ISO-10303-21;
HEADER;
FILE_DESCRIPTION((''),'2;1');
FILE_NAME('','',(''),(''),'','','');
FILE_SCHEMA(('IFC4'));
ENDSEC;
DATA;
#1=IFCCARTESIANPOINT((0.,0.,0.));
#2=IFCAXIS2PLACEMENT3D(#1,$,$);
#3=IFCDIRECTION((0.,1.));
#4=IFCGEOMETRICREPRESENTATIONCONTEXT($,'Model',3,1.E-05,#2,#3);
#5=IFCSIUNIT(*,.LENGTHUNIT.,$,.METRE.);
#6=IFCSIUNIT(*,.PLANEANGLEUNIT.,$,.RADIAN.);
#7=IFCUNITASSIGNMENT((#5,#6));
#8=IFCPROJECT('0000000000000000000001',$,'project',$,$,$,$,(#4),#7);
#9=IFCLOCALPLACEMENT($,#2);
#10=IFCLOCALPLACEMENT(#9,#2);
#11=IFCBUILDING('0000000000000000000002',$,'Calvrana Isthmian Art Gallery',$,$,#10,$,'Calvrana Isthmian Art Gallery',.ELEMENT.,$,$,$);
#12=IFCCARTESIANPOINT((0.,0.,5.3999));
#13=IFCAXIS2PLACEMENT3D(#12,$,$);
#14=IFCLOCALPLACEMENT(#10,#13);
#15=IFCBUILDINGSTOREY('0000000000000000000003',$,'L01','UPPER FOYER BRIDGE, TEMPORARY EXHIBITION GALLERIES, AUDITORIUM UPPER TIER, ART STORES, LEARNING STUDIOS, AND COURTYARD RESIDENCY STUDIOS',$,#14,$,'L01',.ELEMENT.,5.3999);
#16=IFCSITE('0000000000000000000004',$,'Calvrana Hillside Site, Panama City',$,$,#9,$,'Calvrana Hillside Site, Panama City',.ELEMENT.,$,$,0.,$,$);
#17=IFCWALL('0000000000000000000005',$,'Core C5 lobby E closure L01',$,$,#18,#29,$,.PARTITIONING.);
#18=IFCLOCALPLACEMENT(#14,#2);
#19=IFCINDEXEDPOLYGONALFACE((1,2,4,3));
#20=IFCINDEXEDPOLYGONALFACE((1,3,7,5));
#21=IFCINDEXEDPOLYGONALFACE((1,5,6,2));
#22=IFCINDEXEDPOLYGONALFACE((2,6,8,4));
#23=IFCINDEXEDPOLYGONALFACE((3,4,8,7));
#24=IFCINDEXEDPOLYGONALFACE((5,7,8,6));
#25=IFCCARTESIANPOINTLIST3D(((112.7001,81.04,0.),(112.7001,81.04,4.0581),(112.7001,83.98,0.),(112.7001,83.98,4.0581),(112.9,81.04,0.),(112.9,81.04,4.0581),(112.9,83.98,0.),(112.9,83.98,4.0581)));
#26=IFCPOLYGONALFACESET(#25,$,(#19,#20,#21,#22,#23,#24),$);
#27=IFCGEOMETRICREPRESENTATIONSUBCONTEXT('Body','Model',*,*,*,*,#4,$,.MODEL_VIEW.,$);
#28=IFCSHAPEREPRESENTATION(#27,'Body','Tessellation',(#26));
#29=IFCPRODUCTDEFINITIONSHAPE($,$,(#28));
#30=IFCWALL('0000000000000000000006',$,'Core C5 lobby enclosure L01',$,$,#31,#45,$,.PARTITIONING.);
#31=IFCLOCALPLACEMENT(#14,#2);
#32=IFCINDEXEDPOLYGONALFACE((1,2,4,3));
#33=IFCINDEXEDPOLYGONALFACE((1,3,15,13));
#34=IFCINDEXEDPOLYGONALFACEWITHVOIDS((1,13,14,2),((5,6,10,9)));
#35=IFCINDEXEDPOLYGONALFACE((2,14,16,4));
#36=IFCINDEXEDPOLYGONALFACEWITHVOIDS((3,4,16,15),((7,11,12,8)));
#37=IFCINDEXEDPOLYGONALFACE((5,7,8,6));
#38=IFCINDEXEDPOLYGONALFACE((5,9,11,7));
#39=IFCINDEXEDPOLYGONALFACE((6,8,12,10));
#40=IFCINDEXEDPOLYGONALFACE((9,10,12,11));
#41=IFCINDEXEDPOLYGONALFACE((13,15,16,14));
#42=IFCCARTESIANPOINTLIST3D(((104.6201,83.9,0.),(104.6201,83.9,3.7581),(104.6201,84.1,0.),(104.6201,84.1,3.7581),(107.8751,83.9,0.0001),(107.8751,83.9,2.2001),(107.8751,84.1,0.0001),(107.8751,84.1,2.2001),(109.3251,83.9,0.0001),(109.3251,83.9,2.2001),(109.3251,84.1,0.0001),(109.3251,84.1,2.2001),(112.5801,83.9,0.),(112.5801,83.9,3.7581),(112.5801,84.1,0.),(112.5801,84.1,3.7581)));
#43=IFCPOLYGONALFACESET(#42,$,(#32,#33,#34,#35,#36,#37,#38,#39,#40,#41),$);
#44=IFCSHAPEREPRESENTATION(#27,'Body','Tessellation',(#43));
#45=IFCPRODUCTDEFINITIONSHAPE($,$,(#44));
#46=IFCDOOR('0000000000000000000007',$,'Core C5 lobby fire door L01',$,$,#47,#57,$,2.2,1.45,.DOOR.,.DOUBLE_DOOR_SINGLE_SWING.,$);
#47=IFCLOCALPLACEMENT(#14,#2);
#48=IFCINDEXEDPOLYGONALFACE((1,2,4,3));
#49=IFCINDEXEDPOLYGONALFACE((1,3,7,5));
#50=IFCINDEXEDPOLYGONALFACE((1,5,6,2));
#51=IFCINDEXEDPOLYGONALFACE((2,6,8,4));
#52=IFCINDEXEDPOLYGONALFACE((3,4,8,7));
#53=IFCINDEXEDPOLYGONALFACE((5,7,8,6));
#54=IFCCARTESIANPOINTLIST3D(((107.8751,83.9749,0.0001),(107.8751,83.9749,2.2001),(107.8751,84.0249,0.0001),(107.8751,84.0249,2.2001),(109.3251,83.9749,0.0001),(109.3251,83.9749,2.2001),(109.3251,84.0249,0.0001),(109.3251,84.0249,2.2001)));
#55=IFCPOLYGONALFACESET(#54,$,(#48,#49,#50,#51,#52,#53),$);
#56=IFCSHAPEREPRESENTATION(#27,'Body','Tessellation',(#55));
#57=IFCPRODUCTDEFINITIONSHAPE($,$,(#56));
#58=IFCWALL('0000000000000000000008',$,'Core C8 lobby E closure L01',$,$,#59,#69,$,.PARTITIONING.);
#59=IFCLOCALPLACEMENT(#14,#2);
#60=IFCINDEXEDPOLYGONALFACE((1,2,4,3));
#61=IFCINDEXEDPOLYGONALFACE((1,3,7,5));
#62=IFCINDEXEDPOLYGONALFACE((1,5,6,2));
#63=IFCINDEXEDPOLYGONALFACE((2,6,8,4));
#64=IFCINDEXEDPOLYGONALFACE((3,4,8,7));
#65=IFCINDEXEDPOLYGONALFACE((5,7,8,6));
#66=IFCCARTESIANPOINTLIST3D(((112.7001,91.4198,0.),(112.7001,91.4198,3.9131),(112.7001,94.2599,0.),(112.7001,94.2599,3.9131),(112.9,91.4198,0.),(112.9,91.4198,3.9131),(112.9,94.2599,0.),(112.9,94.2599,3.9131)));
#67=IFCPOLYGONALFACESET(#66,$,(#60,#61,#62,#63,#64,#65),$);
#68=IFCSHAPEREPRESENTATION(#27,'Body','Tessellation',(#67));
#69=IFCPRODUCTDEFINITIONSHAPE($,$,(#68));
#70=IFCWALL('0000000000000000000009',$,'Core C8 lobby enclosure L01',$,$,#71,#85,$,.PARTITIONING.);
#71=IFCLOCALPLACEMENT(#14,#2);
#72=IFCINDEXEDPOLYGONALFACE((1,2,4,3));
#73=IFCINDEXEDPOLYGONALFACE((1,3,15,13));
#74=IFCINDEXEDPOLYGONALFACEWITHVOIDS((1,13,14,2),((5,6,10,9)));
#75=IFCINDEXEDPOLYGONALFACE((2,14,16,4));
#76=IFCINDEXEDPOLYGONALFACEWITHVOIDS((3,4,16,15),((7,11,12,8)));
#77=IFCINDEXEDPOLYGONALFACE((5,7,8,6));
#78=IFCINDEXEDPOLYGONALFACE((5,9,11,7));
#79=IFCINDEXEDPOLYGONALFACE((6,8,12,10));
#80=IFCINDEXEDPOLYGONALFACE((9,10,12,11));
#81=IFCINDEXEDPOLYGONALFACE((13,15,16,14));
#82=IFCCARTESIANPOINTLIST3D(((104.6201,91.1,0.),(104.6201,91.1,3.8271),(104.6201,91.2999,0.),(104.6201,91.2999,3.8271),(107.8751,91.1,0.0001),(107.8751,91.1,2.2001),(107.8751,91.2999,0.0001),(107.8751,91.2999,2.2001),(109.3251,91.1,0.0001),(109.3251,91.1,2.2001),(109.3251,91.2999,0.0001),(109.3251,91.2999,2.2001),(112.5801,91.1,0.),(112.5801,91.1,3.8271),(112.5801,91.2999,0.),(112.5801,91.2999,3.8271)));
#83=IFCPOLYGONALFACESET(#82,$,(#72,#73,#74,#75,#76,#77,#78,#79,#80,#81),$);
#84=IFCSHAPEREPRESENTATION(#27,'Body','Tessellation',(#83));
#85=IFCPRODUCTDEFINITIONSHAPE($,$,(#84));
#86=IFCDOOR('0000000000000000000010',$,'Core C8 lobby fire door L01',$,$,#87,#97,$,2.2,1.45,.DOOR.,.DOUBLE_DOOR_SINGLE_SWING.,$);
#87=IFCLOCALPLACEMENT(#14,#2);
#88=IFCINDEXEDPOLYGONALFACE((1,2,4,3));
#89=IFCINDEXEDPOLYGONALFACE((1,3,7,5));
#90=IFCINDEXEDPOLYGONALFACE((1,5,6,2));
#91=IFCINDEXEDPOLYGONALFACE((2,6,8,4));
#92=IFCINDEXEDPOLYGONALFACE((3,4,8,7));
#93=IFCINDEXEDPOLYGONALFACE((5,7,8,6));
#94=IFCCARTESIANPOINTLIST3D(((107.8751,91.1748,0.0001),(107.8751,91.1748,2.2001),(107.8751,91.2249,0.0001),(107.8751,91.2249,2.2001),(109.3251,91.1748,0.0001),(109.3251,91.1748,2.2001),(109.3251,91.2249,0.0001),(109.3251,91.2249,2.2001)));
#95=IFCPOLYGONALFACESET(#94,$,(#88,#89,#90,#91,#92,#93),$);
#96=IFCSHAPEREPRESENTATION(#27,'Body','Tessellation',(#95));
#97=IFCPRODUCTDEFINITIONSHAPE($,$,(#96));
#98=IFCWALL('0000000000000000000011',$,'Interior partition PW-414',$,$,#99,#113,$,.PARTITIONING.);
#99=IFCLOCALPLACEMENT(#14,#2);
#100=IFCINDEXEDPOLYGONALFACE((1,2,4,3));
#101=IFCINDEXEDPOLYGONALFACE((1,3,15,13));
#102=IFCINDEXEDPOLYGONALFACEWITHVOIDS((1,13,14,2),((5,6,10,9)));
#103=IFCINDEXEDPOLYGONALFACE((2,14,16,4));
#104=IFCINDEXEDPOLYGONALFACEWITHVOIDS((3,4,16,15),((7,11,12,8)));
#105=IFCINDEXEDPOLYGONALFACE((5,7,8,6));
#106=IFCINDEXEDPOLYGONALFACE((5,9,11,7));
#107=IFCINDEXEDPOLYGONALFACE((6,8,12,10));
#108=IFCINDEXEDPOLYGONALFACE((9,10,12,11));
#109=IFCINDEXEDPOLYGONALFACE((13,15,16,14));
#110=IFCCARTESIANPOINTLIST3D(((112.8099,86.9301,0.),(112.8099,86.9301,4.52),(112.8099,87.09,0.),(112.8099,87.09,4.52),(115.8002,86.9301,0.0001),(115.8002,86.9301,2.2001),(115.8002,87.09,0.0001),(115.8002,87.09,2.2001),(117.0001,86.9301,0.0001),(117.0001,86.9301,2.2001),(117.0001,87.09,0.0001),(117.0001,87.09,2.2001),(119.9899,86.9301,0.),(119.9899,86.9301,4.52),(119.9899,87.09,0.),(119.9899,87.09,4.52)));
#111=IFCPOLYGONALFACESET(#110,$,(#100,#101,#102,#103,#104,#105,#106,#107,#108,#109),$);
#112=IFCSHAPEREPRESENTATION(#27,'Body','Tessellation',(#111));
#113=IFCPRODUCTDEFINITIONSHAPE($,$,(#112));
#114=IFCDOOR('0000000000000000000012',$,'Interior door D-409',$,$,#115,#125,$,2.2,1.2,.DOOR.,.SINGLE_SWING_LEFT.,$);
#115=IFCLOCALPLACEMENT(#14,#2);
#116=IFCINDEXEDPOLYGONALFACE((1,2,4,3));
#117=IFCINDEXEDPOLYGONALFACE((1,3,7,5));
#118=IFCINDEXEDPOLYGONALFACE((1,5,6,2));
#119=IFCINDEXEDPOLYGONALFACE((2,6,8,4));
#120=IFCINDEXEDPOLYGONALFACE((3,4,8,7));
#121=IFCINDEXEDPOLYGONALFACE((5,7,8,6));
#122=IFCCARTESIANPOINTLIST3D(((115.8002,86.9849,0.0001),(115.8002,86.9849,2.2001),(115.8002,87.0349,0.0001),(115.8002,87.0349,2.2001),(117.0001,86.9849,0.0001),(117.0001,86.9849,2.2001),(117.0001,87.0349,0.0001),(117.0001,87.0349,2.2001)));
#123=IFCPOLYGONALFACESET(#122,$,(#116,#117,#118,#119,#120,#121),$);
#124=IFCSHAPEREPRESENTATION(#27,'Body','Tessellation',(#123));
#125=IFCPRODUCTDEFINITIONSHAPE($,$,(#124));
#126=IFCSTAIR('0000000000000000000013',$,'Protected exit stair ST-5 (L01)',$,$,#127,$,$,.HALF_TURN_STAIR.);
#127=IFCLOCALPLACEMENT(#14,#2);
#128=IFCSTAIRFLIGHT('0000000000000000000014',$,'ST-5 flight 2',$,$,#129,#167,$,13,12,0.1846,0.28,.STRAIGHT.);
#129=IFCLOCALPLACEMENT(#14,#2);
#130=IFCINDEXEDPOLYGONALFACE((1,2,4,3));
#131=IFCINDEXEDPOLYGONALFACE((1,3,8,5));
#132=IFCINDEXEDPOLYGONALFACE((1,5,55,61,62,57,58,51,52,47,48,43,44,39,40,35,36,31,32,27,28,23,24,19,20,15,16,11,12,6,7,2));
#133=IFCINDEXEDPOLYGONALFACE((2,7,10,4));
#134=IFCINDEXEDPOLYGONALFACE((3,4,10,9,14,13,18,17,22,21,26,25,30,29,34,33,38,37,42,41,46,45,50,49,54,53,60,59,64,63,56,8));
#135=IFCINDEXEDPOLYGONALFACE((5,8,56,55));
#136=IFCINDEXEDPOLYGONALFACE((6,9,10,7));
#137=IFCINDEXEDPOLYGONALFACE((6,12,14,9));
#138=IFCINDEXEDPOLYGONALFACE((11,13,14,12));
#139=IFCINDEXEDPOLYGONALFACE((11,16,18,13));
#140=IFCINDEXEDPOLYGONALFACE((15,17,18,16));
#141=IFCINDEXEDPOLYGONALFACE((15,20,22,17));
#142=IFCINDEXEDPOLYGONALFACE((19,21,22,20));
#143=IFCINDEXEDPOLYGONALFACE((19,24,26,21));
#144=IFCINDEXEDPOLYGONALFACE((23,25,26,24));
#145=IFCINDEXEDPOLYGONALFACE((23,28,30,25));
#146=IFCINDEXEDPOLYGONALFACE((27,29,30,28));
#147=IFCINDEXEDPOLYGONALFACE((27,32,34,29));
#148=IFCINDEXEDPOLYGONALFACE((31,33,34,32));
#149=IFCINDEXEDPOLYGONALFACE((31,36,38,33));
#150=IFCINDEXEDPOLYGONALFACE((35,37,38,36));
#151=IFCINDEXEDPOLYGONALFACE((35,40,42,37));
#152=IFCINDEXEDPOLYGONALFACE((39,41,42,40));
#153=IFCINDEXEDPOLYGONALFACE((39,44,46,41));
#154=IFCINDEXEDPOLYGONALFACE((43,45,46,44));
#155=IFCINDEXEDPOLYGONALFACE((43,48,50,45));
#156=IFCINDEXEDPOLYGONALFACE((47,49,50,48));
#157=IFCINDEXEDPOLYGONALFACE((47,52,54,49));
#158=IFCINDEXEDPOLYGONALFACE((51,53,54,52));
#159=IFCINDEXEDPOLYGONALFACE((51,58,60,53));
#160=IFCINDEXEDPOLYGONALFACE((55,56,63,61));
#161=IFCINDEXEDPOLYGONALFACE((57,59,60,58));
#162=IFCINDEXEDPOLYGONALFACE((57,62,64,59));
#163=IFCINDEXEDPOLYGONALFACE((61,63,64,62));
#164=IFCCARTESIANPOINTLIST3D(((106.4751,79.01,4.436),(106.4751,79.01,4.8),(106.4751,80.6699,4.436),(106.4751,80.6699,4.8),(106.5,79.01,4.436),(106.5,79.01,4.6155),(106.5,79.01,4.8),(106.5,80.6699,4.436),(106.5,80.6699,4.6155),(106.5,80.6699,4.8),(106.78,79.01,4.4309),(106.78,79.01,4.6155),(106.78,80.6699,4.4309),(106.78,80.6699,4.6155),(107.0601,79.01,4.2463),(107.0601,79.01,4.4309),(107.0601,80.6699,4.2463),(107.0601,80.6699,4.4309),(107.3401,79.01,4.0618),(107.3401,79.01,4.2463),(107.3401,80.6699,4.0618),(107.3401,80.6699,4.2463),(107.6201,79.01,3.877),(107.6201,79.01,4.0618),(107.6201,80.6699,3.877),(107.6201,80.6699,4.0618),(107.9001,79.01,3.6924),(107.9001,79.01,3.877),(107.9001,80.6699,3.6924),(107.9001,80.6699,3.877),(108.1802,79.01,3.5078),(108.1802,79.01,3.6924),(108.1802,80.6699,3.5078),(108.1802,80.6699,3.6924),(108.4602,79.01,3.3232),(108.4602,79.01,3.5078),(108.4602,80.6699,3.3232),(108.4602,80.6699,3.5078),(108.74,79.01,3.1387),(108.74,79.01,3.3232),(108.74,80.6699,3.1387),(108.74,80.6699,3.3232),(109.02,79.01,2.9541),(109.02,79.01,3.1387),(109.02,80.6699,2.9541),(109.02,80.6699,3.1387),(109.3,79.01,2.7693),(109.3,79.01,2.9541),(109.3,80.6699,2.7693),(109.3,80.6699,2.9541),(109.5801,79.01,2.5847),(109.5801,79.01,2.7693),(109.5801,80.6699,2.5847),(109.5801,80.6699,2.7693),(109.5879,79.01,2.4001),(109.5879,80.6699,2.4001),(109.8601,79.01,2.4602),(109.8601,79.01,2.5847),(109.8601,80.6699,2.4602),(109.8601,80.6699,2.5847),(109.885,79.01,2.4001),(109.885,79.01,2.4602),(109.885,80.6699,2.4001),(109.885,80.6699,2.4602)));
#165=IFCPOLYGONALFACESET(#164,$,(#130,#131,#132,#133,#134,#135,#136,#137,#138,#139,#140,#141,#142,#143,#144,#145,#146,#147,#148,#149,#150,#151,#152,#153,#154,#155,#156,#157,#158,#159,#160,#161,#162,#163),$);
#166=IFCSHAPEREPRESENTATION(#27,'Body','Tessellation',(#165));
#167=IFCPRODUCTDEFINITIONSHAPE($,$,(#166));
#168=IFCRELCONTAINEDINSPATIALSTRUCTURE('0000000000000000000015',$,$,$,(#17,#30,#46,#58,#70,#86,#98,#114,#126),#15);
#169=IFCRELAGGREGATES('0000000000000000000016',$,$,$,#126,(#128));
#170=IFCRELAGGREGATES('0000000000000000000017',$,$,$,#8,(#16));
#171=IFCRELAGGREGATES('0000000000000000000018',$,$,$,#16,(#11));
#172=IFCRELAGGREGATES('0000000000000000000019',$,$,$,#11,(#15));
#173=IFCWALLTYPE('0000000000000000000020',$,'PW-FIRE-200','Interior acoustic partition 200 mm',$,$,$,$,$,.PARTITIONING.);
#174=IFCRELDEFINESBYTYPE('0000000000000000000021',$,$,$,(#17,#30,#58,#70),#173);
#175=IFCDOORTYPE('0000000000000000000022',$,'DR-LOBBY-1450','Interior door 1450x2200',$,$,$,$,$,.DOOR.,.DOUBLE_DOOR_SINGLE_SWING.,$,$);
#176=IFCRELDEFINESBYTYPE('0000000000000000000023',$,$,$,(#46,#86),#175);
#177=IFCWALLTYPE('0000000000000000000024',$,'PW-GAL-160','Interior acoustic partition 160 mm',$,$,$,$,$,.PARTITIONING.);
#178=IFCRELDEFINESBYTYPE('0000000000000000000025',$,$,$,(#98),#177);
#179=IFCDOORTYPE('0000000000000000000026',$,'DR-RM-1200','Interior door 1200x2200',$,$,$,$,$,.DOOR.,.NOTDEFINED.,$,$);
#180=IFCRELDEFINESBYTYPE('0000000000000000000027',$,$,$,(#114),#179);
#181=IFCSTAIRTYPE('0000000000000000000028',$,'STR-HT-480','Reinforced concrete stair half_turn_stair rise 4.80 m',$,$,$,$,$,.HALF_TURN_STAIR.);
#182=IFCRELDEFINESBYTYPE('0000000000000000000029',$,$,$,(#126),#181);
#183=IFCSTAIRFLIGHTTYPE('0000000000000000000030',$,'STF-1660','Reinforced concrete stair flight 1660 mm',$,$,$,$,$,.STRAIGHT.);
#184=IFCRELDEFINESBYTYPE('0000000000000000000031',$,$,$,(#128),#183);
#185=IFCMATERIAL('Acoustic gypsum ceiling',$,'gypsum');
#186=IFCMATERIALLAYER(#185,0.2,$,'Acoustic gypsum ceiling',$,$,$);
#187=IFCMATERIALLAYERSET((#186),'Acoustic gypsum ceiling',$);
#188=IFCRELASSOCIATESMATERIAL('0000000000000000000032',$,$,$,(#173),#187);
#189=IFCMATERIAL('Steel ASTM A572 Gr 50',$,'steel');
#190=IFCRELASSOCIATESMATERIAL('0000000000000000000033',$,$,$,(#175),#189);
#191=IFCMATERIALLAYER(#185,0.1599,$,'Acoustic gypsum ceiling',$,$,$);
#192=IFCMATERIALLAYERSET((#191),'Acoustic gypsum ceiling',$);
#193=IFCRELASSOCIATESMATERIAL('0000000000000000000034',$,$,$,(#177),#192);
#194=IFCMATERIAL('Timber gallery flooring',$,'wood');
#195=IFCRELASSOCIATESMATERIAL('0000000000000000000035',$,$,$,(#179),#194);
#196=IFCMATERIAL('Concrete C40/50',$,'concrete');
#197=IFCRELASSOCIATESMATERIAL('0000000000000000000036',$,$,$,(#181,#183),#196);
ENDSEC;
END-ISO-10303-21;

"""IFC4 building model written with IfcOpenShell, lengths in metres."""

from ifc_helpers import new_model, si_unit, direction, frame, frame_2d, origin, place, context, subcontext, project, spatial, polyline, rectangle, outline, extrude, material, layer, layer_set, type_object, element, fill, aggregate, save


model = new_model("IFC4")

# Units and contexts
model_context = context("Model", 3, precision=1e-05, world=origin(), true_north=direction((0.0, 1.0)))
body_context = subcontext(model_context, "Body", "Model", "MODEL_VIEW")
ifc_project = project(units=[si_unit("LENGTHUNIT", "METRE"), si_unit("PLANEANGLEUNIT", "RADIAN")], contexts=[model_context])

# Site, building, storey
site_placement = place(None, origin())
site = spatial("IfcSite", under=ifc_project, at=site_placement, Name="Calvrana Hillside Site, Panama City", LongName="Calvrana Hillside Site, Panama City", CompositionType="ELEMENT", RefElevation=0.0)
building_placement = place(site_placement, origin())
building = spatial("IfcBuilding", under=site, at=building_placement, Name="Calvrana Isthmian Art Gallery", LongName="Calvrana Isthmian Art Gallery", CompositionType="ELEMENT")
storey_placement = place(building_placement, frame((0.0, 0.0, 5.3999)))
storey = spatial("IfcBuildingStorey", under=building, at=storey_placement, Name="L01", Description="UPPER FOYER BRIDGE, TEMPORARY EXHIBITION GALLERIES, AUDITORIUM UPPER TIER, ART STORES, LEARNING STUDIOS, AND COURTYARD RESIDENCY STUDIOS", LongName="L01", CompositionType="ELEMENT", Elevation=5.3999)

# Shared definitions
ifc_material_1 = material(Name="Concrete C40/50", Category="concrete")
ifc_material_2 = material(Name="Steel ASTM A572 Gr 50", Category="steel")

# Wall
ifc_material_3 = material(Name="Acoustic gypsum ceiling", Category="gypsum")
ifc_layer_1 = layer(ifc_material_3, 0.2, Name="Acoustic gypsum ceiling")
ifc_layer_set_1 = layer_set([ifc_layer_1], Name="Acoustic gypsum ceiling")
wall_type_1 = type_object("IfcWallType", Name="PW-FIRE-200", Description="Interior acoustic partition 200 mm", PredefinedType="PARTITIONING", material=ifc_layer_set_1)
wall_1_placement = place(storey_placement, frame((112.8, 81.04, 0.0), z_axis=(0.0, 0.0, 1.0), x_axis=(0.0, 1.0, 0.0)))
element("IfcWall", 1, at=wall_1_placement, inside=storey, type_object=wall_type_1, Name="Core C5 lobby E closure L01", PredefinedType="PARTITIONING", context=body_context, shape_type="SweptSolid", body=[
    extrude(rectangle(XDim=2.9399, YDim=0.2, at=frame_2d((1.47, 0.0))), origin(), (0.0, 0.0, 1.0), 4.0581),
])

# Wall, opening, door
wall_2_placement = place(storey_placement, frame((104.6201, 84.0, 0.0), z_axis=(0.0, 0.0, 1.0), x_axis=(1.0, 0.0, 0.0)))
wall_2 = element("IfcWall", 2, at=wall_2_placement, inside=storey, type_object=wall_type_1, Name="Core C5 lobby enclosure L01", PredefinedType="PARTITIONING", context=body_context, shape_type="SweptSolid", body=[
    extrude(rectangle(XDim=7.96, YDim=0.2, at=frame_2d((3.98, 0.0))), origin(), (0.0, 0.0, 1.0), 3.7581),
])
opening_1_placement = place(wall_2_placement, frame((3.2549, 0.0, 0.0)))
opening_1 = element("IfcOpeningElement", 3, at=opening_1_placement, cuts=wall_2, PredefinedType="OPENING", context=body_context, shape_type="SweptSolid", body=[
    extrude(rectangle(XDim=1.45, YDim=2.2, at=frame_2d((0.7251, 1.1001))), frame((0.0, 0.1104, 0.0), z_axis=(0.0, -1.0, 0.0), x_axis=(1.0, 0.0, 0.0)), (0.0, 0.0, 1.0), 0.2205),
])
door_type_1 = type_object("IfcDoorType", Name="DR-LOBBY-1450", Description="Interior door 1450x2200", OperationType="DOUBLE_DOOR_SINGLE_SWING", PredefinedType="DOOR", material=ifc_material_2)
door_1_placement = place(opening_1_placement, origin())
door_1 = element("IfcDoor", 4, at=door_1_placement, inside=storey, type_object=door_type_1, Name="Core C5 lobby fire door L01", OperationType="DOUBLE_DOOR_SINGLE_SWING", OverallHeight=2.2, OverallWidth=1.45, PredefinedType="DOOR", context=body_context, shape_type="SweptSolid", body=[
    extrude(rectangle(XDim=1.45, YDim=2.2, at=frame_2d((0.7251, 1.1001))), frame((0.0, 0.0249, 0.0), z_axis=(0.0, -1.0, 0.0), x_axis=(1.0, 0.0, 0.0)), (0.0, 0.0, 1.0), 0.05),
])
fill(opening_1, door_1)

# Wall
wall_3_placement = place(storey_placement, frame((112.8, 91.4199, 0.0), z_axis=(0.0, 0.0, 1.0), x_axis=(0.0, 1.0, 0.0)))
element("IfcWall", 5, at=wall_3_placement, inside=storey, type_object=wall_type_1, Name="Core C8 lobby E closure L01", PredefinedType="PARTITIONING", context=body_context, shape_type="SweptSolid", body=[
    extrude(rectangle(XDim=2.8401, YDim=0.2, at=frame_2d((1.4199, 0.0))), origin(), (0.0, 0.0, 1.0), 3.9131),
])

# Walls, openings, doors
wall_4_placement = place(storey_placement, frame((104.6201, 91.2, 0.0), z_axis=(0.0, 0.0, 1.0), x_axis=(1.0, 0.0, 0.0)))
wall_4 = element("IfcWall", 6, at=wall_4_placement, inside=storey, type_object=wall_type_1, Name="Core C8 lobby enclosure L01", PredefinedType="PARTITIONING", context=body_context, shape_type="SweptSolid", body=[
    extrude(rectangle(XDim=7.96, YDim=0.2, at=frame_2d((3.98, 0.0))), origin(), (0.0, 0.0, 1.0), 3.8271),
])
opening_2_placement = place(wall_4_placement, frame((3.2549, 0.0, 0.0)))
opening_2 = element("IfcOpeningElement", 7, at=opening_2_placement, cuts=wall_4, PredefinedType="OPENING", context=body_context, shape_type="SweptSolid", body=[
    extrude(rectangle(XDim=1.45, YDim=2.2, at=frame_2d((0.7251, 1.1001))), frame((0.0, 0.1104, 0.0), z_axis=(0.0, -1.0, 0.0), x_axis=(1.0, 0.0, 0.0)), (0.0, 0.0, 1.0), 0.2205),
])
door_2_placement = place(opening_2_placement, origin())
door_2 = element("IfcDoor", 8, at=door_2_placement, inside=storey, type_object=door_type_1, Name="Core C8 lobby fire door L01", OperationType="DOUBLE_DOOR_SINGLE_SWING", OverallHeight=2.2, OverallWidth=1.45, PredefinedType="DOOR", context=body_context, shape_type="SweptSolid", body=[
    extrude(rectangle(XDim=1.45, YDim=2.2, at=frame_2d((0.7251, 1.1001))), frame((0.0, 0.0249, 0.0), z_axis=(0.0, -1.0, 0.0), x_axis=(1.0, 0.0, 0.0)), (0.0, 0.0, 1.0), 0.05),
])
fill(opening_2, door_2)
ifc_layer_2 = layer(ifc_material_3, 0.1599, Name="Acoustic gypsum ceiling")
ifc_layer_set_2 = layer_set([ifc_layer_2], Name="Acoustic gypsum ceiling")
wall_type_2 = type_object("IfcWallType", Name="PW-GAL-160", Description="Interior acoustic partition 160 mm", PredefinedType="PARTITIONING", material=ifc_layer_set_2)
wall_5_placement = place(storey_placement, frame((112.8101, 87.01, 0.0), z_axis=(0.0, 0.0, 1.0), x_axis=(1.0, 0.0, 0.0)))
wall_5 = element("IfcWall", 9, at=wall_5_placement, inside=storey, type_object=wall_type_2, Name="Interior partition PW-414", PredefinedType="PARTITIONING", context=body_context, shape_type="SweptSolid", body=[
    extrude(rectangle(XDim=7.1799, YDim=0.1599, at=frame_2d((3.5898, 0.0))), origin(), (0.0, 0.0, 1.0), 4.52),
])
opening_3_placement = place(wall_5_placement, frame((2.99, 0.0, 0.0)))
opening_3 = element("IfcOpeningElement", 10, at=opening_3_placement, cuts=wall_5, PredefinedType="OPENING", context=body_context, shape_type="SweptSolid", body=[
    extrude(rectangle(XDim=1.2, YDim=2.2, at=frame_2d((0.6001, 1.1001))), frame((0.0, 0.0903, 0.0), z_axis=(0.0, -1.0, 0.0), x_axis=(1.0, 0.0, 0.0)), (0.0, 0.0, 1.0), 0.1804),
])
ifc_material_4 = material(Name="Timber gallery flooring", Category="wood")
door_type_2 = type_object("IfcDoorType", Name="DR-RM-1200", Description="Interior door 1200x2200", OperationType="NOTDEFINED", PredefinedType="DOOR", material=ifc_material_4)
door_3_placement = place(opening_3_placement, origin())
door_3 = element("IfcDoor", 11, at=door_3_placement, inside=storey, type_object=door_type_2, Name="Interior door D-409", OperationType="SINGLE_SWING_LEFT", OverallHeight=2.2, OverallWidth=1.2, PredefinedType="DOOR", context=body_context, shape_type="SweptSolid", body=[
    extrude(rectangle(XDim=1.2, YDim=2.2, at=frame_2d((0.6001, 1.1001))), frame((0.0, 0.0249, 0.0), z_axis=(0.0, -1.0, 0.0), x_axis=(1.0, 0.0, 0.0)), (0.0, 0.0, 1.0), 0.05),
])
fill(opening_3, door_3)

# Stair, stair flight
stair_type = type_object("IfcStairType", Name="STR-HT-480", Description="Reinforced concrete stair half_turn_stair rise 4.80 m", PredefinedType="HALF_TURN_STAIR", material=ifc_material_1)
stair_placement = place(storey_placement, origin())
stair = element("IfcStair", 12, at=stair_placement, inside=storey, type_object=stair_type, Name="Protected exit stair ST-5 (L01)", PredefinedType="HALF_TURN_STAIR")
stair_flight_type = type_object("IfcStairFlightType", Name="STF-1660", Description="Reinforced concrete stair flight 1660 mm", PredefinedType="STRAIGHT", material=ifc_material_1)
stair_flight_placement = place(storey_placement, frame((109.8601, 79.8401, 2.4001), z_axis=(0.0, 0.0, 1.0), x_axis=(-1.0, 0.0, 0.0)))
stair_flight = element("IfcStairFlight", 13, at=stair_flight_placement, type_object=stair_flight_type, Name="ST-5 flight 2", NumberOfRisers=13, NumberOfTreads=12, PredefinedType="STRAIGHT", RiserHeight=0.1846, TreadLength=0.28, context=body_context, shape_type="SweptSolid", body=[
    extrude(outline(polyline([(-0.0249, 0.0), (-0.0249, 0.0601), (0.0, 0.0601), (0.0, 0.1846), (0.28, 0.1846), (0.28, 0.3691), (0.5601, 0.3691), (0.5601, 0.554), (0.8401, 0.554), (0.8401, 0.7385), (1.1201, 0.7385), (1.1201, 0.9231), (1.3999, 0.9231), (1.3999, 1.1077), (1.6799, 1.1077), (1.6799, 1.2922), (1.96, 1.2922), (1.96, 1.4768), (2.24, 1.4768), (2.24, 1.6616), (2.52, 1.6616), (2.52, 1.8462), (2.8, 1.8462), (2.8, 2.0308), (3.0801, 2.0308), (3.0801, 2.2153), (3.3601, 2.2153), (3.3601, 2.3999), (3.385, 2.3999), (3.385, 2.0359), (3.3601, 2.0359), (0.2722, 0.0), (-0.0249, 0.0)])), frame((0.0, 0.8301, 0.0), z_axis=(0.0, -1.0, 0.0), x_axis=(1.0, 0.0, 0.0)), (0.0, 0.0, 1.0), 1.6599),
])
aggregate(stair, [stair_flight])

save(model, "model.ifc")
